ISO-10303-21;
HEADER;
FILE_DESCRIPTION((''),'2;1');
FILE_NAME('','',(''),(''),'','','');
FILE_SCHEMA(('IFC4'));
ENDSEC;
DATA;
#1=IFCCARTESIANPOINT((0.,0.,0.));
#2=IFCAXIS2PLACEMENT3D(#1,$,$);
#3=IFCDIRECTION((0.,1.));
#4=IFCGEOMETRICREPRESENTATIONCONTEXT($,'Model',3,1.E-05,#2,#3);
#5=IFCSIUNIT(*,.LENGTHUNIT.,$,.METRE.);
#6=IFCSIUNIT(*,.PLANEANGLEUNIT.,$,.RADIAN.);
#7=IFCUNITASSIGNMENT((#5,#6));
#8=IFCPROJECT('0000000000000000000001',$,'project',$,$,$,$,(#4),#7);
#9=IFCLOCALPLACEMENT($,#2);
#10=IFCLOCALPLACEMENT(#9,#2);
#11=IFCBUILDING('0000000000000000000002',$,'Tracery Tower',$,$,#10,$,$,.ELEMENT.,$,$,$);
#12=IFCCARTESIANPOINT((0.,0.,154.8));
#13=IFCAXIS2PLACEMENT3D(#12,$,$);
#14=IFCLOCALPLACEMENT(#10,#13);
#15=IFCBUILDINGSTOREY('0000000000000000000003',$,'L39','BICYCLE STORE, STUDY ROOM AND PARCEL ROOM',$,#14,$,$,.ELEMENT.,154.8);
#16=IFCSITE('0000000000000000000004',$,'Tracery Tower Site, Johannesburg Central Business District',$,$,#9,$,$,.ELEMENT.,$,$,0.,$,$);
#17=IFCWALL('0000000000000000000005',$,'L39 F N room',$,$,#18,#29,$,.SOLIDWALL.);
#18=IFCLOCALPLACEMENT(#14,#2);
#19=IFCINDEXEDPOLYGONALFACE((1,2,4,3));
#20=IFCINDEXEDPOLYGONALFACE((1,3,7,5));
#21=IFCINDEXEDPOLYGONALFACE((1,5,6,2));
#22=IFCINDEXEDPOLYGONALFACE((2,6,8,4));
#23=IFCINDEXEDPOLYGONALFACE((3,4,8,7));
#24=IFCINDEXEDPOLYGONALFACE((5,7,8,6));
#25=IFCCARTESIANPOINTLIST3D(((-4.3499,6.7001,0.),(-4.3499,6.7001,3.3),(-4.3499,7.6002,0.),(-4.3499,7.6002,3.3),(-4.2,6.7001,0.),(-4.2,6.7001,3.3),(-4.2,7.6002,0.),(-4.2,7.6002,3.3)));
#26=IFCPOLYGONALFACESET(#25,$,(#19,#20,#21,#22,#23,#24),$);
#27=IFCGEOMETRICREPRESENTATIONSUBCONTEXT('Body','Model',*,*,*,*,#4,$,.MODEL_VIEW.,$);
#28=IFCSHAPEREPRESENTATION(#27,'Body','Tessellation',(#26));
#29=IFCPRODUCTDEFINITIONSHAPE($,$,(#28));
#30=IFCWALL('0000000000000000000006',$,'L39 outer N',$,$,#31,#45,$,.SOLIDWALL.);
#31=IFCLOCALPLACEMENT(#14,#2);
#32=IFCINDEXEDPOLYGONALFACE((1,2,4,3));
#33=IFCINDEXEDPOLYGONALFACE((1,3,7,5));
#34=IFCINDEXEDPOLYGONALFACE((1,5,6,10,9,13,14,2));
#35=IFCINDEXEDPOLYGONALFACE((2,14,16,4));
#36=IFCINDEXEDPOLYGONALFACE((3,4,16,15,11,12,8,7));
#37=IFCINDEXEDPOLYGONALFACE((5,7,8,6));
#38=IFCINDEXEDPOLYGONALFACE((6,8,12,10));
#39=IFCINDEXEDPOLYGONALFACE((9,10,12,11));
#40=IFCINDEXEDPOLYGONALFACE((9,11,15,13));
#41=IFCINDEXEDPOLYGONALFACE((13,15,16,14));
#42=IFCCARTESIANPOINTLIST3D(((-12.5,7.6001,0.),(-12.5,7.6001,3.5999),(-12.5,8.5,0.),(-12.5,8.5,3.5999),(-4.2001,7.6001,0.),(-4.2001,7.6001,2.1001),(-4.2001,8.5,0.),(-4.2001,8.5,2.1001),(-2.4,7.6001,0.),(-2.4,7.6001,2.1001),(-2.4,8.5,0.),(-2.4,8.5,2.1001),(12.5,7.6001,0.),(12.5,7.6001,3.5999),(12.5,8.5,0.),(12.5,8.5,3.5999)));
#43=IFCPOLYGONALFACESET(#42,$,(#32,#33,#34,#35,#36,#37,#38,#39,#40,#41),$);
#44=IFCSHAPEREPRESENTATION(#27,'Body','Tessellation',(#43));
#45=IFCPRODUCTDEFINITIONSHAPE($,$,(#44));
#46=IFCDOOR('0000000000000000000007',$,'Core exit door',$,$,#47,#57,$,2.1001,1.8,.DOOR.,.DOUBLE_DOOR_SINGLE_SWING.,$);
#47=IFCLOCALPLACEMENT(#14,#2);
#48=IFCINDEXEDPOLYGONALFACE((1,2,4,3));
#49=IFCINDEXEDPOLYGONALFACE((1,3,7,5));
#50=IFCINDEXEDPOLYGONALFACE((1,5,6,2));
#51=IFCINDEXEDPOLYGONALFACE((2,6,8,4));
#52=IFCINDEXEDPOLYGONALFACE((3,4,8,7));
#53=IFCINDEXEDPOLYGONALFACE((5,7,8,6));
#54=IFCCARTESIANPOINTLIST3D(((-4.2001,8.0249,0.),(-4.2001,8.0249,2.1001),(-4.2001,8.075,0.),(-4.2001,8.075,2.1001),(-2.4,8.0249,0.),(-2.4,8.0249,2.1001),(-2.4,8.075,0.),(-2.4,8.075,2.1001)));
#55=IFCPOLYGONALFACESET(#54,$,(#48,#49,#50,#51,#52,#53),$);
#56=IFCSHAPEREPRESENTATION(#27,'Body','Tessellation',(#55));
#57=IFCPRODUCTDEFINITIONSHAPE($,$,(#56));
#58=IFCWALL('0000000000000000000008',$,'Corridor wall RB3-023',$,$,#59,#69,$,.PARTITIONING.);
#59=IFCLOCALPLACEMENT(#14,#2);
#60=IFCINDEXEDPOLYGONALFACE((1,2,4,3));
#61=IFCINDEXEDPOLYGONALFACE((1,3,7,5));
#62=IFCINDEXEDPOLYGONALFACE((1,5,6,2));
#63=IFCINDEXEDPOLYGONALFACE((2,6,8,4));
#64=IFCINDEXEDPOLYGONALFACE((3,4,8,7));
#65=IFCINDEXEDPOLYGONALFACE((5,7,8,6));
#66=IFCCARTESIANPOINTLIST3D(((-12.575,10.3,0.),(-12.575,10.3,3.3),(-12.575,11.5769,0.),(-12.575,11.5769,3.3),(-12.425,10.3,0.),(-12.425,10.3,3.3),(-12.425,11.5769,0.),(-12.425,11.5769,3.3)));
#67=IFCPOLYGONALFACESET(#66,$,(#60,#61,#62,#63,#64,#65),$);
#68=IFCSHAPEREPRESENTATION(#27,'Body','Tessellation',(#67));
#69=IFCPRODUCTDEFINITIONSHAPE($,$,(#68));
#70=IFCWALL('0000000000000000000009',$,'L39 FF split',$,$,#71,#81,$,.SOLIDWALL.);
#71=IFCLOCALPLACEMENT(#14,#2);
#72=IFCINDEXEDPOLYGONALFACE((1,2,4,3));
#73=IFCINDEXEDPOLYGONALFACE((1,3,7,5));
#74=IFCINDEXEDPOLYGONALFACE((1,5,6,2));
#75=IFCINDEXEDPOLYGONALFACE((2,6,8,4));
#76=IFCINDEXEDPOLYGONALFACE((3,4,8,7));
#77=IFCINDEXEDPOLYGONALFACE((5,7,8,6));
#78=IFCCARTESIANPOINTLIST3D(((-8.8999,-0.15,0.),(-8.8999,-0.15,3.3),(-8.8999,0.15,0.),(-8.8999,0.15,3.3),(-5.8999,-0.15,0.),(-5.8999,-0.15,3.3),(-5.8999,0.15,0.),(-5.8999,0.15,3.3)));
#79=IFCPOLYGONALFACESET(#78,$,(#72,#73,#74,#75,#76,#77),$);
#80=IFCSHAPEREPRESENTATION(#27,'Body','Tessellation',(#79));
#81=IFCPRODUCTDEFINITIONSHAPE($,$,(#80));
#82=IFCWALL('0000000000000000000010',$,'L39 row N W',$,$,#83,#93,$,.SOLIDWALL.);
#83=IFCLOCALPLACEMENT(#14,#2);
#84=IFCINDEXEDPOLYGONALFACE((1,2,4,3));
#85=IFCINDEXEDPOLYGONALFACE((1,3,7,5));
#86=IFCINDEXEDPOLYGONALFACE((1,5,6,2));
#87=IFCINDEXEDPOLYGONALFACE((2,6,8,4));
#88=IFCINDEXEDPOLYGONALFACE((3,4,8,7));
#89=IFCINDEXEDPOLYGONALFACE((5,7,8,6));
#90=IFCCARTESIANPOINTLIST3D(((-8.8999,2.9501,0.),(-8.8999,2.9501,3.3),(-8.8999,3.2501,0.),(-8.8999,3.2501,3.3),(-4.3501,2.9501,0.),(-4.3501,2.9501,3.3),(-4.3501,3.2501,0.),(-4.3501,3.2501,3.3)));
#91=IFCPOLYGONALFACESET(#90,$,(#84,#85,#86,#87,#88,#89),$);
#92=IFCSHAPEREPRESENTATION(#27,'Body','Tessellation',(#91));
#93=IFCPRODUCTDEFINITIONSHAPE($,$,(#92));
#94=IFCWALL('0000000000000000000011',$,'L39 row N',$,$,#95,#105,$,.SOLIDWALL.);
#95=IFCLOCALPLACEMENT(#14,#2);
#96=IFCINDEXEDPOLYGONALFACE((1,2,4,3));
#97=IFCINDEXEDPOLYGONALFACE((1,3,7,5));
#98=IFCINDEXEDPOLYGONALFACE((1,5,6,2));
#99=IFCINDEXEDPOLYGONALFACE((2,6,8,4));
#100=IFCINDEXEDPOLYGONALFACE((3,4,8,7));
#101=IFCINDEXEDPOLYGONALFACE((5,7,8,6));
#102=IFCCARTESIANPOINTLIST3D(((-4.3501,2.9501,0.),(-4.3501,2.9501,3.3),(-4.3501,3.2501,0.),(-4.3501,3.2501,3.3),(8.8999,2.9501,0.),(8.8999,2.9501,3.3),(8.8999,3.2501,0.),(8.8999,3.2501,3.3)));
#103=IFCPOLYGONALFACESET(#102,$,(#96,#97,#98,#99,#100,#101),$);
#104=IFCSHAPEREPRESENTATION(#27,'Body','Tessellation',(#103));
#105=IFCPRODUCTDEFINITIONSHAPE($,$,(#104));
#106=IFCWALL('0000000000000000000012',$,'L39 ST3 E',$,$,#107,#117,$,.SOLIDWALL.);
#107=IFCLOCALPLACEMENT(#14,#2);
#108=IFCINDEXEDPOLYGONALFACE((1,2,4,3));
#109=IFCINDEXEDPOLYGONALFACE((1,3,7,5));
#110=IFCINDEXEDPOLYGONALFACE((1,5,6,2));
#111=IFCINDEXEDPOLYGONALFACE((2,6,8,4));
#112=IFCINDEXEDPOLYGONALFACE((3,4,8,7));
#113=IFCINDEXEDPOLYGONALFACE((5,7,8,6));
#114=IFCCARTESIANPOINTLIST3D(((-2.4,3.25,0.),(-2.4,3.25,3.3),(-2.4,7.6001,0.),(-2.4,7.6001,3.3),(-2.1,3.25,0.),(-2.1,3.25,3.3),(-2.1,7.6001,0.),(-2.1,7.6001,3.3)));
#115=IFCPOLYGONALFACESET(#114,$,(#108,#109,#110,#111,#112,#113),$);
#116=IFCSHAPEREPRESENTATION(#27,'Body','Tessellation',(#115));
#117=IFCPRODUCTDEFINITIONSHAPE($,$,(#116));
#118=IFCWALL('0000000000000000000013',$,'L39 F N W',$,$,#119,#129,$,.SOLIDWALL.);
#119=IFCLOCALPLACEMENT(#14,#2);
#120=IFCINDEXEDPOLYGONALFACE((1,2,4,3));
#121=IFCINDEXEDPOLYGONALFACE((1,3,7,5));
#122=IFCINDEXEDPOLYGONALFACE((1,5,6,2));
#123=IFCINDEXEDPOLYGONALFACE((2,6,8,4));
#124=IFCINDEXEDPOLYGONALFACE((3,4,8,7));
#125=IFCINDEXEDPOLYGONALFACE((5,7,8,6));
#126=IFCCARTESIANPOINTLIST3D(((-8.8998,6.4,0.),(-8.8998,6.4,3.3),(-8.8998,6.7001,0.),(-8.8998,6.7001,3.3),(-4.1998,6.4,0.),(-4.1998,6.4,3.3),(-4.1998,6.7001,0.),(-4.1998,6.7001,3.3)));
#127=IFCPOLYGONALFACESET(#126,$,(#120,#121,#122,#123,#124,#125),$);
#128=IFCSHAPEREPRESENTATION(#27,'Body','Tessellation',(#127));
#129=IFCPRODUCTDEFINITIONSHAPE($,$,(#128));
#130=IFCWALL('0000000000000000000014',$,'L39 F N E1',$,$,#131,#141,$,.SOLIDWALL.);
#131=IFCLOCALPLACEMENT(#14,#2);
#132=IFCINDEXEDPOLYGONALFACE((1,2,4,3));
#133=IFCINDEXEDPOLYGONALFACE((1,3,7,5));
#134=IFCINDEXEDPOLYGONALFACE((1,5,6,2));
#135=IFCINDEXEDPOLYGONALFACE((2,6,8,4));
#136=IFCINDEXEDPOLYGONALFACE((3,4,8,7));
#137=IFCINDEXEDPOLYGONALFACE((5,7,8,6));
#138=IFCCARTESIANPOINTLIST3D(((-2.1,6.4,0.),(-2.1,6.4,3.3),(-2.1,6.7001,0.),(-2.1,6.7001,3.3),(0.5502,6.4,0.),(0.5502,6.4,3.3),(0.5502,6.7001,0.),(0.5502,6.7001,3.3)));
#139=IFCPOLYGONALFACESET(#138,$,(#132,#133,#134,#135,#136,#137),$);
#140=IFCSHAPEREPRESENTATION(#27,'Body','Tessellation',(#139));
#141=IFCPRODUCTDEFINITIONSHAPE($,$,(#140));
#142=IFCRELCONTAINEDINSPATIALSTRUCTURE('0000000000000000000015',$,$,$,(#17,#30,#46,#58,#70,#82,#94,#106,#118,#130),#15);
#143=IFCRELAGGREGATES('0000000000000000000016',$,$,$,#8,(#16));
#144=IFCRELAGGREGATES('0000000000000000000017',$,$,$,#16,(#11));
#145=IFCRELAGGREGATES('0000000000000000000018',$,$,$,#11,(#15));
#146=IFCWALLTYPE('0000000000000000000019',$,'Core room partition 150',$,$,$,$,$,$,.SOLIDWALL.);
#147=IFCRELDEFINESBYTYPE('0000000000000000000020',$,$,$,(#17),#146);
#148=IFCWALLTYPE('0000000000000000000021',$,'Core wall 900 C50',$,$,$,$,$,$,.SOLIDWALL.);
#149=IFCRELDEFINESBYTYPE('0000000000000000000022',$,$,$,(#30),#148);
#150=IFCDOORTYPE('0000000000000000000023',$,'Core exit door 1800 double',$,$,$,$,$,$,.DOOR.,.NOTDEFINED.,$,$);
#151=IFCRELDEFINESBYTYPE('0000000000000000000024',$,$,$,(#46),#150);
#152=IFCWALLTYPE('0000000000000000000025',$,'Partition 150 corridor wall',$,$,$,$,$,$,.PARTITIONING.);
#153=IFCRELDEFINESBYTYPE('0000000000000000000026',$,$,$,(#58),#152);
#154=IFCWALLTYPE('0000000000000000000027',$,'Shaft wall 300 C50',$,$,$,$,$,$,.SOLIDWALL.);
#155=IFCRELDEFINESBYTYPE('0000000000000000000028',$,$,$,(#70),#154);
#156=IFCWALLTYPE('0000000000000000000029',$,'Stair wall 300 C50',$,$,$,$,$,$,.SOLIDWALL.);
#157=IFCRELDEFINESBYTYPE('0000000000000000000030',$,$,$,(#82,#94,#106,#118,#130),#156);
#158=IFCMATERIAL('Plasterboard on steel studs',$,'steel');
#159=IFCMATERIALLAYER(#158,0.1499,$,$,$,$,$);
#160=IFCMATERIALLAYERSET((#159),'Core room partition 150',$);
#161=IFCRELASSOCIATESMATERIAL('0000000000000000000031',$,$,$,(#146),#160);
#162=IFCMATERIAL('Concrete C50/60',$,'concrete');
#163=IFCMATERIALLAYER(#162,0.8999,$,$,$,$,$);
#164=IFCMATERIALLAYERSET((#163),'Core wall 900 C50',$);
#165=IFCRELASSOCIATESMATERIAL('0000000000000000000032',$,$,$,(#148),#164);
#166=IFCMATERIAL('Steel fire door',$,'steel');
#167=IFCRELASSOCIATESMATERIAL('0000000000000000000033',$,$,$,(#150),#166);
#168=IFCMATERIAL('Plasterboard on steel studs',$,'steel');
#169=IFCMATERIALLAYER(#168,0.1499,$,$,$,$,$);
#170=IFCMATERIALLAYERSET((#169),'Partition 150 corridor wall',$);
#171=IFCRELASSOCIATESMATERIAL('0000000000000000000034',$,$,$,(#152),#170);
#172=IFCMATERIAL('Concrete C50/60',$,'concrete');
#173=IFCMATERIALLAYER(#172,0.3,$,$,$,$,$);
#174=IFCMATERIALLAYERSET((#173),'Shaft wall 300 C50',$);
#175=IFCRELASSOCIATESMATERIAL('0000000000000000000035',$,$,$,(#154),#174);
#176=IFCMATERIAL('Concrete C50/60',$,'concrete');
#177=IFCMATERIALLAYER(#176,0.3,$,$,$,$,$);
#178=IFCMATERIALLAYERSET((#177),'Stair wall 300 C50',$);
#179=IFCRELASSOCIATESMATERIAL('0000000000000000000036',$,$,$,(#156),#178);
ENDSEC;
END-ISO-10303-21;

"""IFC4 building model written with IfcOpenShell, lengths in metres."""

from ifc_helpers import new_model, si_unit, direction, frame, frame_2d, origin, place, context, subcontext, project, spatial, rectangle, extrude, material, layer, layer_set, type_object, element, fill, save


model = new_model("IFC4")

# Units and contexts
model_context = context("Model", 3, precision=1e-05, world=origin(), true_north=direction((0.0, 1.0)))
body_context = subcontext(model_context, "Body", "Model", "MODEL_VIEW")
ifc_project = project(units=[si_unit("LENGTHUNIT", "METRE"), si_unit("PLANEANGLEUNIT", "RADIAN")], contexts=[model_context])

# Site, building, storey
site_placement = place(None, origin())
site = spatial("IfcSite", under=ifc_project, at=site_placement, Name="Tracery Tower Site, Johannesburg Central Business District", CompositionType="ELEMENT", RefElevation=0.0)
building_placement = place(site_placement, origin())
building = spatial("IfcBuilding", under=site, at=building_placement, Name="Tracery Tower", CompositionType="ELEMENT")
storey_placement = place(building_placement, frame((0.0, 0.0, 154.8)))
storey = spatial("IfcBuildingStorey", under=building, at=storey_placement, Name="L39", Description="BICYCLE STORE, STUDY ROOM AND PARCEL ROOM", CompositionType="ELEMENT", Elevation=154.8)

# Wall
ifc_material_1 = material(Name="Plasterboard on steel studs", Category="steel")
ifc_layer_1 = layer(ifc_material_1, 0.1499)
ifc_layer_set_1 = layer_set([ifc_layer_1], Name="Core room partition 150")
wall_type_1 = type_object("IfcWallType", Name="Core room partition 150", PredefinedType="SOLIDWALL", material=ifc_layer_set_1)
wall_1_placement = place(storey_placement, frame((-4.2749, 6.7, 0.0), z_axis=(0.0, 0.0, 1.0), x_axis=(0.0, 1.0, 0.0)))
element("IfcWall", 1, at=wall_1_placement, inside=storey, type_object=wall_type_1, Name="L39 F N room", PredefinedType="SOLIDWALL", context=body_context, shape_type="SweptSolid", body=[
    extrude(rectangle(XDim=0.9001, YDim=0.1499, at=frame_2d((0.4502, 0.0))), origin(), (0.0, 0.0, 1.0), 3.3),
])

# Wall, opening, door
ifc_material_2 = material(Name="Concrete C50/60", Category="concrete")
ifc_layer_2 = layer(ifc_material_2, 0.8999)
ifc_layer_set_2 = layer_set([ifc_layer_2], Name="Core wall 900 C50")
wall_type_2 = type_object("IfcWallType", Name="Core wall 900 C50", PredefinedType="SOLIDWALL", material=ifc_layer_set_2)
wall_2_placement = place(storey_placement, frame((-12.5, 8.05, 0.0), z_axis=(0.0, 0.0, 1.0), x_axis=(1.0, 0.0, 0.0)))
wall_2 = element("IfcWall", 2, at=wall_2_placement, inside=storey, type_object=wall_type_2, Name="L39 outer N", PredefinedType="SOLIDWALL", context=body_context, shape_type="SweptSolid", body=[
    extrude(rectangle(XDim=25.0, YDim=0.8999, at=frame_2d((12.5, 0.0))), origin(), (0.0, 0.0, 1.0), 3.5999),
])
opening_1_placement = place(wall_2_placement, frame((8.3, 0.0, 0.0)))
opening_1 = element("IfcOpeningElement", 3, at=opening_1_placement, cuts=wall_2, PredefinedType="OPENING", context=body_context, shape_type="SweptSolid", body=[
    extrude(rectangle(XDim=1.8, YDim=2.1001, at=frame_2d((0.8999, 1.05))), frame((0.0, 0.45, 0.0), z_axis=(0.0, -1.0, 0.0), x_axis=(1.0, 0.0, 0.0)), (0.0, 0.0, 1.0), 0.8999),
])
ifc_material_3 = material(Name="Steel fire door", Category="steel")
door_type_1 = type_object("IfcDoorType", Name="Core exit door 1800 double", OperationType="NOTDEFINED", PredefinedType="DOOR", material=ifc_material_3)
door_1_placement = place(opening_1_placement, origin())
door_1 = element("IfcDoor", 4, at=door_1_placement, inside=storey, type_object=door_type_1, Name="Core exit door", OperationType="DOUBLE_DOOR_SINGLE_SWING", OverallHeight=2.1001, OverallWidth=1.8, PredefinedType="DOOR", context=body_context, shape_type="SweptSolid", body=[
    extrude(rectangle(XDim=1.8, YDim=2.1001, at=frame_2d((0.8999, 1.05))), frame((0.0, 0.0249, 0.0), z_axis=(0.0, -1.0, 0.0), x_axis=(1.0, 0.0, 0.0)), (0.0, 0.0, 1.0), 0.05),
])
fill(opening_1, door_1)

# Walls
ifc_material_4 = material(Name="Plasterboard on steel studs", Category="steel")
ifc_layer_3 = layer(ifc_material_4, 0.1499)
ifc_layer_set_3 = layer_set([ifc_layer_3], Name="Partition 150 corridor wall")
wall_type_3 = type_object("IfcWallType", Name="Partition 150 corridor wall", PredefinedType="PARTITIONING", material=ifc_layer_set_3)
wall_3_placement = place(storey_placement, frame((-12.5, 10.3, 0.0), z_axis=(0.0, 0.0, 1.0), x_axis=(0.0, 1.0, 0.0)))
element("IfcWall", 5, at=wall_3_placement, inside=storey, type_object=wall_type_3, Name="Corridor wall RB3-023", PredefinedType="PARTITIONING", context=body_context, shape_type="SweptSolid", body=[
    extrude(rectangle(XDim=1.2769, YDim=0.1499, at=frame_2d((0.6384, 0.0))), origin(), (0.0, 0.0, 1.0), 3.3),
])
ifc_material_5 = material(Name="Concrete C50/60", Category="concrete")
ifc_layer_4 = layer(ifc_material_5, 0.3)
ifc_layer_set_4 = layer_set([ifc_layer_4], Name="Shaft wall 300 C50")
wall_type_4 = type_object("IfcWallType", Name="Shaft wall 300 C50", PredefinedType="SOLIDWALL", material=ifc_layer_set_4)
wall_4_placement = place(storey_placement, frame((-8.8999, 0.0, 0.0), z_axis=(0.0, 0.0, 1.0), x_axis=(1.0, 0.0, 0.0)))
element("IfcWall", 6, at=wall_4_placement, inside=storey, type_object=wall_type_4, Name="L39 FF split", PredefinedType="SOLIDWALL", context=body_context, shape_type="SweptSolid", body=[
    extrude(rectangle(XDim=3.0, YDim=0.3, at=frame_2d((1.5, 0.0))), origin(), (0.0, 0.0, 1.0), 3.3),
])

# Walls
ifc_material_6 = material(Name="Concrete C50/60", Category="concrete")
ifc_layer_5 = layer(ifc_material_6, 0.3)
ifc_layer_set_5 = layer_set([ifc_layer_5], Name="Stair wall 300 C50")
wall_type_5 = type_object("IfcWallType", Name="Stair wall 300 C50", PredefinedType="SOLIDWALL", material=ifc_layer_set_5)
wall_5_placement = place(storey_placement, frame((-8.8999, 3.1001, 0.0), z_axis=(0.0, 0.0, 1.0), x_axis=(1.0, 0.0, 0.0)))
element("IfcWall", 7, at=wall_5_placement, inside=storey, type_object=wall_type_5, Name="L39 row N W", PredefinedType="SOLIDWALL", context=body_context, shape_type="SweptSolid", body=[
    extrude(rectangle(XDim=4.5498, YDim=0.3, at=frame_2d((2.2749, 0.0))), origin(), (0.0, 0.0, 1.0), 3.3),
])
wall_6_placement = place(storey_placement, frame((-4.3501, 3.1001, 0.0), z_axis=(0.0, 0.0, 1.0), x_axis=(1.0, 0.0, 0.0)))
element("IfcWall", 8, at=wall_6_placement, inside=storey, type_object=wall_type_5, Name="L39 row N", PredefinedType="SOLIDWALL", context=body_context, shape_type="SweptSolid", body=[
    extrude(rectangle(XDim=13.25, YDim=0.3, at=frame_2d((6.625, 0.0))), origin(), (0.0, 0.0, 1.0), 3.3),
])
wall_7_placement = place(storey_placement, frame((-2.25, 3.25, 0.0), z_axis=(0.0, 0.0, 1.0), x_axis=(0.0, 1.0, 0.0)))
element("IfcWall", 9, at=wall_7_placement, inside=storey, type_object=wall_type_5, Name="L39 ST3 E", PredefinedType="SOLIDWALL", context=body_context, shape_type="SweptSolid", body=[
    extrude(rectangle(XDim=4.3501, YDim=0.3, at=frame_2d((2.175, 0.0))), origin(), (0.0, 0.0, 1.0), 3.3),
])
wall_8_placement = place(storey_placement, frame((-8.8999, 6.55, 0.0), z_axis=(0.0, 0.0, 1.0), x_axis=(1.0, 0.0, 0.0)))
element("IfcWall", 10, at=wall_8_placement, inside=storey, type_object=wall_type_5, Name="L39 F N W", PredefinedType="SOLIDWALL", context=body_context, shape_type="SweptSolid", body=[
    extrude(rectangle(XDim=4.7, YDim=0.3, at=frame_2d((2.3501, 0.0))), origin(), (0.0, 0.0, 1.0), 3.3),
])

# Wall
wall_9_placement = place(storey_placement, frame((-2.1001, 6.55, 0.0), z_axis=(0.0, 0.0, 1.0), x_axis=(1.0, 0.0, 0.0)))
element("IfcWall", 11, at=wall_9_placement, inside=storey, type_object=wall_type_5, Name="L39 F N E1", PredefinedType="SOLIDWALL", context=body_context, shape_type="SweptSolid", body=[
    extrude(rectangle(XDim=2.6501, YDim=0.3, at=frame_2d((1.3252, 0.0))), origin(), (0.0, 0.0, 1.0), 3.3),
])

save(model, "model.ifc")
